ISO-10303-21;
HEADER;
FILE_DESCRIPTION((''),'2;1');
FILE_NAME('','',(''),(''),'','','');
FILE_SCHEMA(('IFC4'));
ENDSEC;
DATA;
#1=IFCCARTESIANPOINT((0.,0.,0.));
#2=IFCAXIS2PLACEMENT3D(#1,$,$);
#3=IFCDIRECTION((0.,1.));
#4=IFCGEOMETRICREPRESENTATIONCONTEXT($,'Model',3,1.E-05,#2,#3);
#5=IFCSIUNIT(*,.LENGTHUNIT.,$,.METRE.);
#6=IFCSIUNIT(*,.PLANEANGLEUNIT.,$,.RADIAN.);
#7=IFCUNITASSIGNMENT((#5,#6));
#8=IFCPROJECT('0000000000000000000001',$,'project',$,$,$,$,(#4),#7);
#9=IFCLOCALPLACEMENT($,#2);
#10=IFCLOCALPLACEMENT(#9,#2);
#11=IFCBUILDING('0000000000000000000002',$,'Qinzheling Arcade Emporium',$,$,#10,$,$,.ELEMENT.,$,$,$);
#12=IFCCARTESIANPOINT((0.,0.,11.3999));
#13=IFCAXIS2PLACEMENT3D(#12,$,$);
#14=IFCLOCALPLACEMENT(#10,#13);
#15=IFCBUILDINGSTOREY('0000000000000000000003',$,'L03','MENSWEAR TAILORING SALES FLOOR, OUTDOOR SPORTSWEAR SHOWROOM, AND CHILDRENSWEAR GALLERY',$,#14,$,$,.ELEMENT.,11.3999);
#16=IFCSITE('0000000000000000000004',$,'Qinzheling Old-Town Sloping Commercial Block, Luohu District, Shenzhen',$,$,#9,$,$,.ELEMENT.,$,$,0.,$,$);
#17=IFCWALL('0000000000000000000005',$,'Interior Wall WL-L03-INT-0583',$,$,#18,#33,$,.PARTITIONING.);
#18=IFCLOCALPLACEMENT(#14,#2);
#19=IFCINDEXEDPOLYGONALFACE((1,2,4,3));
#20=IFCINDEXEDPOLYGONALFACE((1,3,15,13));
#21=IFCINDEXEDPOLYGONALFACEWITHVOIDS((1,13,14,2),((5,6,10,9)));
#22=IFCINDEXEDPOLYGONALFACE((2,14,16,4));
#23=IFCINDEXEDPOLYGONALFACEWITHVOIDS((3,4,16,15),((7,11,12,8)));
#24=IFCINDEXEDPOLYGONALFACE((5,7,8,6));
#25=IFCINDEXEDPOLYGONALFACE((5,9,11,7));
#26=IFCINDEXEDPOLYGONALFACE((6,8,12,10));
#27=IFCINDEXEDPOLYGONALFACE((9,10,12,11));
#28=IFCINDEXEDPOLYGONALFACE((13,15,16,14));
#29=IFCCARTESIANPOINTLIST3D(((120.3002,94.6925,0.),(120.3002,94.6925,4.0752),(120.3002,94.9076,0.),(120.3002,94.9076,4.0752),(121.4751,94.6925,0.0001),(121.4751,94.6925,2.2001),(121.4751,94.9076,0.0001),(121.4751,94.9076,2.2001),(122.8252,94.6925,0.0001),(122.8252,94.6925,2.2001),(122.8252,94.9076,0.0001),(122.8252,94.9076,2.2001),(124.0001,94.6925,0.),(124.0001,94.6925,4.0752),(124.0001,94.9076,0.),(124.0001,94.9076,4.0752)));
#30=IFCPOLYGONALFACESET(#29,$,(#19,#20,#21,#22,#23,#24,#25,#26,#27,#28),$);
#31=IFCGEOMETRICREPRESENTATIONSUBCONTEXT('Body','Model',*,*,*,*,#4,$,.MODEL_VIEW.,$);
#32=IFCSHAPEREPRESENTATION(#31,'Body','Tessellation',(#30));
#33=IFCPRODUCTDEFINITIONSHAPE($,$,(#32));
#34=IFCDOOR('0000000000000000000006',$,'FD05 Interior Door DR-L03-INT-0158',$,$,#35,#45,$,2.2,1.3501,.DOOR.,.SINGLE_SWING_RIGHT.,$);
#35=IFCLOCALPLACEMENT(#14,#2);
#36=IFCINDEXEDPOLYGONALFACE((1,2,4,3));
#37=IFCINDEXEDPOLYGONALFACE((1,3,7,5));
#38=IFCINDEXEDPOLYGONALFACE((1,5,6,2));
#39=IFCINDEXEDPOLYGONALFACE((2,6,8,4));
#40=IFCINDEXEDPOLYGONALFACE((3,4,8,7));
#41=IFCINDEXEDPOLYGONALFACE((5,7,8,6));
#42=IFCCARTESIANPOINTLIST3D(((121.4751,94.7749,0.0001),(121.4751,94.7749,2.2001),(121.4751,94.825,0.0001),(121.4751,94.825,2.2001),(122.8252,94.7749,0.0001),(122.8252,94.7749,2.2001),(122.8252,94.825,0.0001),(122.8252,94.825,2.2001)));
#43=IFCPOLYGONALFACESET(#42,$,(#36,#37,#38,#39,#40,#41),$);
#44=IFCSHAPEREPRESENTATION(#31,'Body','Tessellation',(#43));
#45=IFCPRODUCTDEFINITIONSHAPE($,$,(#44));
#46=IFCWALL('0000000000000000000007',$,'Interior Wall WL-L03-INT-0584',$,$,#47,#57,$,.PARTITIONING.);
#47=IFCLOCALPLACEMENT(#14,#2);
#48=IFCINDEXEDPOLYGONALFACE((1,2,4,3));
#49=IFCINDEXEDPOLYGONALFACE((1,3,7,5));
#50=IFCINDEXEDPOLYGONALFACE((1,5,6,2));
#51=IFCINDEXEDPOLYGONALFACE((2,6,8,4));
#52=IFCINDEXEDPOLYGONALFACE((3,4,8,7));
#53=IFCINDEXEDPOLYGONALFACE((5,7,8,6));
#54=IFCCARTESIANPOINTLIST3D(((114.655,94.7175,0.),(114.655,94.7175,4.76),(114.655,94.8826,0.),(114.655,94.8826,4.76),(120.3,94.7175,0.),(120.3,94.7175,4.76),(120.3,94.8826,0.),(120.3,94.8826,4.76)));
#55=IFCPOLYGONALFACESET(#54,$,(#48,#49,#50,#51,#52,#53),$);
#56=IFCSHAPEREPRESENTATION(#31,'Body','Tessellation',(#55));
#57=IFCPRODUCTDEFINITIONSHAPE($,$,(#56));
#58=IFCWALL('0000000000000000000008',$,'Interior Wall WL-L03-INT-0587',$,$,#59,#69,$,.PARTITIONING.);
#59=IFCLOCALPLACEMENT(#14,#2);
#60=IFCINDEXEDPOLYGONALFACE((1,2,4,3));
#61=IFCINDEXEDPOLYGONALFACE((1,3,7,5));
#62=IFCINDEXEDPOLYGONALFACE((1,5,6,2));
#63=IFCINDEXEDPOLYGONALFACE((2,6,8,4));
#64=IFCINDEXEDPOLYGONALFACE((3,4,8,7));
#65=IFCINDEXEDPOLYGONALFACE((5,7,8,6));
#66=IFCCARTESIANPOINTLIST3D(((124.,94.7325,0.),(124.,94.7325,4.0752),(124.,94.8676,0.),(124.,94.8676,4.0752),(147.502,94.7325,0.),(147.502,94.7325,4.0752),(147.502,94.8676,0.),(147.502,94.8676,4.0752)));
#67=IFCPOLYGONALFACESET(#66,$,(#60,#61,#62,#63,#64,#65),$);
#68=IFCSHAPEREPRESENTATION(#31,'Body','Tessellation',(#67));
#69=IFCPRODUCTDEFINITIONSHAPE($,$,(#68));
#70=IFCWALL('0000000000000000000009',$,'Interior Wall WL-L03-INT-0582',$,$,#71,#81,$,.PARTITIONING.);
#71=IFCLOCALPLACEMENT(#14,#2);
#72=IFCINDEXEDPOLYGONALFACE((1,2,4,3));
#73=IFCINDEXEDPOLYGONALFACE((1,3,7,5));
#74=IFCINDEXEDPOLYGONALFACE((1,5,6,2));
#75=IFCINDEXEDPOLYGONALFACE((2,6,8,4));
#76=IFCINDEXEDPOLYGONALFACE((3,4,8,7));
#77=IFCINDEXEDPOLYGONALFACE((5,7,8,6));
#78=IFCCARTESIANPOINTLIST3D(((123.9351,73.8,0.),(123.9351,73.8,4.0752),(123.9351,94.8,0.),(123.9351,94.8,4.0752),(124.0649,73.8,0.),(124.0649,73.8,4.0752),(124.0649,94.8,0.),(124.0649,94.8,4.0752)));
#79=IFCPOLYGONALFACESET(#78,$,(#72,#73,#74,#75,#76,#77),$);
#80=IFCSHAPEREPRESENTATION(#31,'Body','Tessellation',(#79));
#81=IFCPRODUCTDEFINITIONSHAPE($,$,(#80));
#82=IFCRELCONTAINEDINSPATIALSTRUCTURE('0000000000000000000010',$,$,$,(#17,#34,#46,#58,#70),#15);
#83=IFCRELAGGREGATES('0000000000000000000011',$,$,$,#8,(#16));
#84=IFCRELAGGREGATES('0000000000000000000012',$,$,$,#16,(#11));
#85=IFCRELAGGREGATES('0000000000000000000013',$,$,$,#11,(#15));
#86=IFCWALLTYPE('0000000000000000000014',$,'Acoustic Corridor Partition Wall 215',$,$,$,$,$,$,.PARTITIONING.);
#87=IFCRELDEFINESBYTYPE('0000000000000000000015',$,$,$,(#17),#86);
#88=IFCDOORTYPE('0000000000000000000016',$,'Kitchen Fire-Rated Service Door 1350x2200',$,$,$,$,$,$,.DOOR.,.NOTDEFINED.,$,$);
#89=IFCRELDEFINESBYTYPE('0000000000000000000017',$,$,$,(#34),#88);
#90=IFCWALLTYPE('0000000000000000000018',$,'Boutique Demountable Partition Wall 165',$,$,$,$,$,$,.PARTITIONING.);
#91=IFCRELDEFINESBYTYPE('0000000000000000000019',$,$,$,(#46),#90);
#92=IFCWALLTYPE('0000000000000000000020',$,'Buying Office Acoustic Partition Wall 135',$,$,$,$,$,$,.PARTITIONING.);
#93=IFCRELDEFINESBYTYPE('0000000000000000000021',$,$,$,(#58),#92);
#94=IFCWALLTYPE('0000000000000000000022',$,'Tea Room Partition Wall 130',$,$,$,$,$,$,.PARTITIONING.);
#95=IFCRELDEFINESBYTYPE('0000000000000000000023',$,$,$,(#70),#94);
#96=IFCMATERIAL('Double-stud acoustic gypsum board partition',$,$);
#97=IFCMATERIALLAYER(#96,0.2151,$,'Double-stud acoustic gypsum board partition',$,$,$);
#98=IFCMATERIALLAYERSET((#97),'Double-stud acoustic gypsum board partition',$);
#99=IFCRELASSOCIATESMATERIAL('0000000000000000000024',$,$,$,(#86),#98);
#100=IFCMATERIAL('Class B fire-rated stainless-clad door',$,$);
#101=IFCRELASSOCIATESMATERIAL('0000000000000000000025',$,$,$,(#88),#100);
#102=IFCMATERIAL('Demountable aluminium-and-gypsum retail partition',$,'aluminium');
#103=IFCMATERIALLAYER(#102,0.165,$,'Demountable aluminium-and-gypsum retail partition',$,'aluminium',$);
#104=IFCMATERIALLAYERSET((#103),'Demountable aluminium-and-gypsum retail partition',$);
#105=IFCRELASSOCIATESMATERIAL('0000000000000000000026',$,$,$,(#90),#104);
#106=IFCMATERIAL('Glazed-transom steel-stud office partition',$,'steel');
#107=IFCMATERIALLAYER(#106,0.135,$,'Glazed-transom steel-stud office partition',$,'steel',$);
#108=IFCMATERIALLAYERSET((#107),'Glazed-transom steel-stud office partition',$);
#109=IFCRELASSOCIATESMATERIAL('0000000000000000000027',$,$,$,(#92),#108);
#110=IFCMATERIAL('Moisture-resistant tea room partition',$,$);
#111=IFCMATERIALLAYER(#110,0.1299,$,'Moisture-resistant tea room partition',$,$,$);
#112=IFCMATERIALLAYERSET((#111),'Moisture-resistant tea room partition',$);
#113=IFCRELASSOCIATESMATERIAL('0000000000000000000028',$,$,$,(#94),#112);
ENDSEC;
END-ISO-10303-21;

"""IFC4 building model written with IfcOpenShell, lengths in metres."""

from ifc_helpers import new_model, si_unit, direction, frame, frame_2d, origin, place, context, subcontext, project, spatial, rectangle, extrude, material, layer, layer_set, type_object, element, fill, save


model = new_model("IFC4")

# Units and contexts
model_context = context("Model", 3, precision=1e-05, world=origin(), true_north=direction((0.0, 1.0)))
body_context = subcontext(model_context, "Body", "Model", "MODEL_VIEW")
ifc_project = project(units=[si_unit("LENGTHUNIT", "METRE"), si_unit("PLANEANGLEUNIT", "RADIAN")], contexts=[model_context])

# Site, building, storey
site_placement = place(None, origin())
site = spatial("IfcSite", under=ifc_project, at=site_placement, Name="Qinzheling Old-Town Sloping Commercial Block, Luohu District, Shenzhen", CompositionType="ELEMENT", RefElevation=0.0)
building_placement = place(site_placement, origin())
building = spatial("IfcBuilding", under=site, at=building_placement, Name="Qinzheling Arcade Emporium", CompositionType="ELEMENT")
storey_placement = place(building_placement, frame((0.0, 0.0, 11.3999)))
storey = spatial("IfcBuildingStorey", under=building, at=storey_placement, Name="L03", Description="MENSWEAR TAILORING SALES FLOOR, OUTDOOR SPORTSWEAR SHOWROOM, AND CHILDRENSWEAR GALLERY", CompositionType="ELEMENT", Elevation=11.3999)

# Shared definitions
ifc_material_1 = material(Name="Double-stud acoustic gypsum board partition")
ifc_layer_1 = layer(ifc_material_1, 0.2151, Name="Double-stud acoustic gypsum board partition")
ifc_layer_set_1 = layer_set([ifc_layer_1], Name="Double-stud acoustic gypsum board partition")
wall_type_1 = type_object("IfcWallType", Name="Acoustic Corridor Partition Wall 215", PredefinedType="PARTITIONING", material=ifc_layer_set_1)

# Wall, opening, door
wall_1_placement = place(storey_placement, frame((120.3, 94.8, 0.0), z_axis=(0.0, 0.0, 1.0), x_axis=(1.0, 0.0, 0.0)))
wall_1 = element("IfcWall", 1, at=wall_1_placement, inside=storey, type_object=wall_type_1, Name="Interior Wall WL-L03-INT-0583", PredefinedType="PARTITIONING", context=body_context, shape_type="SweptSolid", body=[
    extrude(rectangle(XDim=3.7, YDim=0.2151, at=frame_2d((1.8501, 0.0))), origin(), (0.0, 0.0, 1.0), 4.0752),
])
opening_placement = place(wall_1_placement, frame((1.175, 0.0, 0.0)))
opening = element("IfcOpeningElement", 2, at=opening_placement, cuts=wall_1, PredefinedType="OPENING", context=body_context, shape_type="SweptSolid", body=[
    extrude(rectangle(XDim=1.3501, YDim=2.2, at=frame_2d((0.675, 1.1001))), frame((0.0, 0.1177, 0.0), z_axis=(0.0, -1.0, 0.0), x_axis=(1.0, 0.0, 0.0)), (0.0, 0.0, 1.0), 0.2351),
])
ifc_material_2 = material(Name="Class B fire-rated stainless-clad door")
door_type = type_object("IfcDoorType", Name="Kitchen Fire-Rated Service Door 1350x2200", OperationType="NOTDEFINED", PredefinedType="DOOR", material=ifc_material_2)
door_placement = place(opening_placement, origin())
door = element("IfcDoor", 3, at=door_placement, inside=storey, type_object=door_type, Name="FD05 Interior Door DR-L03-INT-0158", OperationType="SINGLE_SWING_RIGHT", OverallHeight=2.2, OverallWidth=1.3501, PredefinedType="DOOR", context=body_context, shape_type="SweptSolid", body=[
    extrude(rectangle(XDim=1.3501, YDim=2.2, at=frame_2d((0.675, 1.1001))), frame((0.0, 0.0249, 0.0), z_axis=(0.0, -1.0, 0.0), x_axis=(1.0, 0.0, 0.0)), (0.0, 0.0, 1.0), 0.05),
])
fill(opening, door)

# Walls
ifc_material_3 = material(Name="Demountable aluminium-and-gypsum retail partition", Category="aluminium")
ifc_layer_2 = layer(ifc_material_3, 0.165, Name="Demountable aluminium-and-gypsum retail partition", Category="aluminium")
ifc_layer_set_2 = layer_set([ifc_layer_2], Name="Demountable aluminium-and-gypsum retail partition")
wall_type_2 = type_object("IfcWallType", Name="Boutique Demountable Partition Wall 165", PredefinedType="PARTITIONING", material=ifc_layer_set_2)
wall_2_placement = place(storey_placement, frame((114.655, 94.8, 0.0), z_axis=(0.0, 0.0, 1.0), x_axis=(1.0, 0.0, 0.0)))
element("IfcWall", 4, at=wall_2_placement, inside=storey, type_object=wall_type_2, Name="Interior Wall WL-L03-INT-0584", PredefinedType="PARTITIONING", context=body_context, shape_type="SweptSolid", body=[
    extrude(rectangle(XDim=5.645, YDim=0.165, at=frame_2d((2.8225, 0.0))), origin(), (0.0, 0.0, 1.0), 4.76),
])
ifc_material_4 = material(Name="Glazed-transom steel-stud office partition", Category="steel")
ifc_layer_3 = layer(ifc_material_4, 0.135, Name="Glazed-transom steel-stud office partition", Category="steel")
ifc_layer_set_3 = layer_set([ifc_layer_3], Name="Glazed-transom steel-stud office partition")
wall_type_3 = type_object("IfcWallType", Name="Buying Office Acoustic Partition Wall 135", PredefinedType="PARTITIONING", material=ifc_layer_set_3)
wall_3_placement = place(storey_placement, frame((124.0, 94.8, 0.0), z_axis=(0.0, 0.0, 1.0), x_axis=(1.0, 0.0, 0.0)))
element("IfcWall", 5, at=wall_3_placement, inside=storey, type_object=wall_type_3, Name="Interior Wall WL-L03-INT-0587", PredefinedType="PARTITIONING", context=body_context, shape_type="SweptSolid", body=[
    extrude(rectangle(XDim=23.502, YDim=0.135, at=frame_2d((11.751, 0.0))), origin(), (0.0, 0.0, 1.0), 4.0752),
])
ifc_material_5 = material(Name="Moisture-resistant tea room partition")
ifc_layer_4 = layer(ifc_material_5, 0.1299, Name="Moisture-resistant tea room partition")
ifc_layer_set_4 = layer_set([ifc_layer_4], Name="Moisture-resistant tea room partition")
wall_type_4 = type_object("IfcWallType", Name="Tea Room Partition Wall 130", PredefinedType="PARTITIONING", material=ifc_layer_set_4)
wall_4_placement = place(storey_placement, frame((124.0, 94.8, 0.0), z_axis=(0.0, 0.0, 1.0), x_axis=(0.0, -1.0, 0.0)))
element("IfcWall", 6, at=wall_4_placement, inside=storey, type_object=wall_type_4, Name="Interior Wall WL-L03-INT-0582", PredefinedType="PARTITIONING", context=body_context, shape_type="SweptSolid", body=[
    extrude(rectangle(XDim=21.0, YDim=0.1299, at=frame_2d((10.5, 0.0))), origin(), (0.0, 0.0, 1.0), 4.0752),
])

save(model, "model.ifc")
